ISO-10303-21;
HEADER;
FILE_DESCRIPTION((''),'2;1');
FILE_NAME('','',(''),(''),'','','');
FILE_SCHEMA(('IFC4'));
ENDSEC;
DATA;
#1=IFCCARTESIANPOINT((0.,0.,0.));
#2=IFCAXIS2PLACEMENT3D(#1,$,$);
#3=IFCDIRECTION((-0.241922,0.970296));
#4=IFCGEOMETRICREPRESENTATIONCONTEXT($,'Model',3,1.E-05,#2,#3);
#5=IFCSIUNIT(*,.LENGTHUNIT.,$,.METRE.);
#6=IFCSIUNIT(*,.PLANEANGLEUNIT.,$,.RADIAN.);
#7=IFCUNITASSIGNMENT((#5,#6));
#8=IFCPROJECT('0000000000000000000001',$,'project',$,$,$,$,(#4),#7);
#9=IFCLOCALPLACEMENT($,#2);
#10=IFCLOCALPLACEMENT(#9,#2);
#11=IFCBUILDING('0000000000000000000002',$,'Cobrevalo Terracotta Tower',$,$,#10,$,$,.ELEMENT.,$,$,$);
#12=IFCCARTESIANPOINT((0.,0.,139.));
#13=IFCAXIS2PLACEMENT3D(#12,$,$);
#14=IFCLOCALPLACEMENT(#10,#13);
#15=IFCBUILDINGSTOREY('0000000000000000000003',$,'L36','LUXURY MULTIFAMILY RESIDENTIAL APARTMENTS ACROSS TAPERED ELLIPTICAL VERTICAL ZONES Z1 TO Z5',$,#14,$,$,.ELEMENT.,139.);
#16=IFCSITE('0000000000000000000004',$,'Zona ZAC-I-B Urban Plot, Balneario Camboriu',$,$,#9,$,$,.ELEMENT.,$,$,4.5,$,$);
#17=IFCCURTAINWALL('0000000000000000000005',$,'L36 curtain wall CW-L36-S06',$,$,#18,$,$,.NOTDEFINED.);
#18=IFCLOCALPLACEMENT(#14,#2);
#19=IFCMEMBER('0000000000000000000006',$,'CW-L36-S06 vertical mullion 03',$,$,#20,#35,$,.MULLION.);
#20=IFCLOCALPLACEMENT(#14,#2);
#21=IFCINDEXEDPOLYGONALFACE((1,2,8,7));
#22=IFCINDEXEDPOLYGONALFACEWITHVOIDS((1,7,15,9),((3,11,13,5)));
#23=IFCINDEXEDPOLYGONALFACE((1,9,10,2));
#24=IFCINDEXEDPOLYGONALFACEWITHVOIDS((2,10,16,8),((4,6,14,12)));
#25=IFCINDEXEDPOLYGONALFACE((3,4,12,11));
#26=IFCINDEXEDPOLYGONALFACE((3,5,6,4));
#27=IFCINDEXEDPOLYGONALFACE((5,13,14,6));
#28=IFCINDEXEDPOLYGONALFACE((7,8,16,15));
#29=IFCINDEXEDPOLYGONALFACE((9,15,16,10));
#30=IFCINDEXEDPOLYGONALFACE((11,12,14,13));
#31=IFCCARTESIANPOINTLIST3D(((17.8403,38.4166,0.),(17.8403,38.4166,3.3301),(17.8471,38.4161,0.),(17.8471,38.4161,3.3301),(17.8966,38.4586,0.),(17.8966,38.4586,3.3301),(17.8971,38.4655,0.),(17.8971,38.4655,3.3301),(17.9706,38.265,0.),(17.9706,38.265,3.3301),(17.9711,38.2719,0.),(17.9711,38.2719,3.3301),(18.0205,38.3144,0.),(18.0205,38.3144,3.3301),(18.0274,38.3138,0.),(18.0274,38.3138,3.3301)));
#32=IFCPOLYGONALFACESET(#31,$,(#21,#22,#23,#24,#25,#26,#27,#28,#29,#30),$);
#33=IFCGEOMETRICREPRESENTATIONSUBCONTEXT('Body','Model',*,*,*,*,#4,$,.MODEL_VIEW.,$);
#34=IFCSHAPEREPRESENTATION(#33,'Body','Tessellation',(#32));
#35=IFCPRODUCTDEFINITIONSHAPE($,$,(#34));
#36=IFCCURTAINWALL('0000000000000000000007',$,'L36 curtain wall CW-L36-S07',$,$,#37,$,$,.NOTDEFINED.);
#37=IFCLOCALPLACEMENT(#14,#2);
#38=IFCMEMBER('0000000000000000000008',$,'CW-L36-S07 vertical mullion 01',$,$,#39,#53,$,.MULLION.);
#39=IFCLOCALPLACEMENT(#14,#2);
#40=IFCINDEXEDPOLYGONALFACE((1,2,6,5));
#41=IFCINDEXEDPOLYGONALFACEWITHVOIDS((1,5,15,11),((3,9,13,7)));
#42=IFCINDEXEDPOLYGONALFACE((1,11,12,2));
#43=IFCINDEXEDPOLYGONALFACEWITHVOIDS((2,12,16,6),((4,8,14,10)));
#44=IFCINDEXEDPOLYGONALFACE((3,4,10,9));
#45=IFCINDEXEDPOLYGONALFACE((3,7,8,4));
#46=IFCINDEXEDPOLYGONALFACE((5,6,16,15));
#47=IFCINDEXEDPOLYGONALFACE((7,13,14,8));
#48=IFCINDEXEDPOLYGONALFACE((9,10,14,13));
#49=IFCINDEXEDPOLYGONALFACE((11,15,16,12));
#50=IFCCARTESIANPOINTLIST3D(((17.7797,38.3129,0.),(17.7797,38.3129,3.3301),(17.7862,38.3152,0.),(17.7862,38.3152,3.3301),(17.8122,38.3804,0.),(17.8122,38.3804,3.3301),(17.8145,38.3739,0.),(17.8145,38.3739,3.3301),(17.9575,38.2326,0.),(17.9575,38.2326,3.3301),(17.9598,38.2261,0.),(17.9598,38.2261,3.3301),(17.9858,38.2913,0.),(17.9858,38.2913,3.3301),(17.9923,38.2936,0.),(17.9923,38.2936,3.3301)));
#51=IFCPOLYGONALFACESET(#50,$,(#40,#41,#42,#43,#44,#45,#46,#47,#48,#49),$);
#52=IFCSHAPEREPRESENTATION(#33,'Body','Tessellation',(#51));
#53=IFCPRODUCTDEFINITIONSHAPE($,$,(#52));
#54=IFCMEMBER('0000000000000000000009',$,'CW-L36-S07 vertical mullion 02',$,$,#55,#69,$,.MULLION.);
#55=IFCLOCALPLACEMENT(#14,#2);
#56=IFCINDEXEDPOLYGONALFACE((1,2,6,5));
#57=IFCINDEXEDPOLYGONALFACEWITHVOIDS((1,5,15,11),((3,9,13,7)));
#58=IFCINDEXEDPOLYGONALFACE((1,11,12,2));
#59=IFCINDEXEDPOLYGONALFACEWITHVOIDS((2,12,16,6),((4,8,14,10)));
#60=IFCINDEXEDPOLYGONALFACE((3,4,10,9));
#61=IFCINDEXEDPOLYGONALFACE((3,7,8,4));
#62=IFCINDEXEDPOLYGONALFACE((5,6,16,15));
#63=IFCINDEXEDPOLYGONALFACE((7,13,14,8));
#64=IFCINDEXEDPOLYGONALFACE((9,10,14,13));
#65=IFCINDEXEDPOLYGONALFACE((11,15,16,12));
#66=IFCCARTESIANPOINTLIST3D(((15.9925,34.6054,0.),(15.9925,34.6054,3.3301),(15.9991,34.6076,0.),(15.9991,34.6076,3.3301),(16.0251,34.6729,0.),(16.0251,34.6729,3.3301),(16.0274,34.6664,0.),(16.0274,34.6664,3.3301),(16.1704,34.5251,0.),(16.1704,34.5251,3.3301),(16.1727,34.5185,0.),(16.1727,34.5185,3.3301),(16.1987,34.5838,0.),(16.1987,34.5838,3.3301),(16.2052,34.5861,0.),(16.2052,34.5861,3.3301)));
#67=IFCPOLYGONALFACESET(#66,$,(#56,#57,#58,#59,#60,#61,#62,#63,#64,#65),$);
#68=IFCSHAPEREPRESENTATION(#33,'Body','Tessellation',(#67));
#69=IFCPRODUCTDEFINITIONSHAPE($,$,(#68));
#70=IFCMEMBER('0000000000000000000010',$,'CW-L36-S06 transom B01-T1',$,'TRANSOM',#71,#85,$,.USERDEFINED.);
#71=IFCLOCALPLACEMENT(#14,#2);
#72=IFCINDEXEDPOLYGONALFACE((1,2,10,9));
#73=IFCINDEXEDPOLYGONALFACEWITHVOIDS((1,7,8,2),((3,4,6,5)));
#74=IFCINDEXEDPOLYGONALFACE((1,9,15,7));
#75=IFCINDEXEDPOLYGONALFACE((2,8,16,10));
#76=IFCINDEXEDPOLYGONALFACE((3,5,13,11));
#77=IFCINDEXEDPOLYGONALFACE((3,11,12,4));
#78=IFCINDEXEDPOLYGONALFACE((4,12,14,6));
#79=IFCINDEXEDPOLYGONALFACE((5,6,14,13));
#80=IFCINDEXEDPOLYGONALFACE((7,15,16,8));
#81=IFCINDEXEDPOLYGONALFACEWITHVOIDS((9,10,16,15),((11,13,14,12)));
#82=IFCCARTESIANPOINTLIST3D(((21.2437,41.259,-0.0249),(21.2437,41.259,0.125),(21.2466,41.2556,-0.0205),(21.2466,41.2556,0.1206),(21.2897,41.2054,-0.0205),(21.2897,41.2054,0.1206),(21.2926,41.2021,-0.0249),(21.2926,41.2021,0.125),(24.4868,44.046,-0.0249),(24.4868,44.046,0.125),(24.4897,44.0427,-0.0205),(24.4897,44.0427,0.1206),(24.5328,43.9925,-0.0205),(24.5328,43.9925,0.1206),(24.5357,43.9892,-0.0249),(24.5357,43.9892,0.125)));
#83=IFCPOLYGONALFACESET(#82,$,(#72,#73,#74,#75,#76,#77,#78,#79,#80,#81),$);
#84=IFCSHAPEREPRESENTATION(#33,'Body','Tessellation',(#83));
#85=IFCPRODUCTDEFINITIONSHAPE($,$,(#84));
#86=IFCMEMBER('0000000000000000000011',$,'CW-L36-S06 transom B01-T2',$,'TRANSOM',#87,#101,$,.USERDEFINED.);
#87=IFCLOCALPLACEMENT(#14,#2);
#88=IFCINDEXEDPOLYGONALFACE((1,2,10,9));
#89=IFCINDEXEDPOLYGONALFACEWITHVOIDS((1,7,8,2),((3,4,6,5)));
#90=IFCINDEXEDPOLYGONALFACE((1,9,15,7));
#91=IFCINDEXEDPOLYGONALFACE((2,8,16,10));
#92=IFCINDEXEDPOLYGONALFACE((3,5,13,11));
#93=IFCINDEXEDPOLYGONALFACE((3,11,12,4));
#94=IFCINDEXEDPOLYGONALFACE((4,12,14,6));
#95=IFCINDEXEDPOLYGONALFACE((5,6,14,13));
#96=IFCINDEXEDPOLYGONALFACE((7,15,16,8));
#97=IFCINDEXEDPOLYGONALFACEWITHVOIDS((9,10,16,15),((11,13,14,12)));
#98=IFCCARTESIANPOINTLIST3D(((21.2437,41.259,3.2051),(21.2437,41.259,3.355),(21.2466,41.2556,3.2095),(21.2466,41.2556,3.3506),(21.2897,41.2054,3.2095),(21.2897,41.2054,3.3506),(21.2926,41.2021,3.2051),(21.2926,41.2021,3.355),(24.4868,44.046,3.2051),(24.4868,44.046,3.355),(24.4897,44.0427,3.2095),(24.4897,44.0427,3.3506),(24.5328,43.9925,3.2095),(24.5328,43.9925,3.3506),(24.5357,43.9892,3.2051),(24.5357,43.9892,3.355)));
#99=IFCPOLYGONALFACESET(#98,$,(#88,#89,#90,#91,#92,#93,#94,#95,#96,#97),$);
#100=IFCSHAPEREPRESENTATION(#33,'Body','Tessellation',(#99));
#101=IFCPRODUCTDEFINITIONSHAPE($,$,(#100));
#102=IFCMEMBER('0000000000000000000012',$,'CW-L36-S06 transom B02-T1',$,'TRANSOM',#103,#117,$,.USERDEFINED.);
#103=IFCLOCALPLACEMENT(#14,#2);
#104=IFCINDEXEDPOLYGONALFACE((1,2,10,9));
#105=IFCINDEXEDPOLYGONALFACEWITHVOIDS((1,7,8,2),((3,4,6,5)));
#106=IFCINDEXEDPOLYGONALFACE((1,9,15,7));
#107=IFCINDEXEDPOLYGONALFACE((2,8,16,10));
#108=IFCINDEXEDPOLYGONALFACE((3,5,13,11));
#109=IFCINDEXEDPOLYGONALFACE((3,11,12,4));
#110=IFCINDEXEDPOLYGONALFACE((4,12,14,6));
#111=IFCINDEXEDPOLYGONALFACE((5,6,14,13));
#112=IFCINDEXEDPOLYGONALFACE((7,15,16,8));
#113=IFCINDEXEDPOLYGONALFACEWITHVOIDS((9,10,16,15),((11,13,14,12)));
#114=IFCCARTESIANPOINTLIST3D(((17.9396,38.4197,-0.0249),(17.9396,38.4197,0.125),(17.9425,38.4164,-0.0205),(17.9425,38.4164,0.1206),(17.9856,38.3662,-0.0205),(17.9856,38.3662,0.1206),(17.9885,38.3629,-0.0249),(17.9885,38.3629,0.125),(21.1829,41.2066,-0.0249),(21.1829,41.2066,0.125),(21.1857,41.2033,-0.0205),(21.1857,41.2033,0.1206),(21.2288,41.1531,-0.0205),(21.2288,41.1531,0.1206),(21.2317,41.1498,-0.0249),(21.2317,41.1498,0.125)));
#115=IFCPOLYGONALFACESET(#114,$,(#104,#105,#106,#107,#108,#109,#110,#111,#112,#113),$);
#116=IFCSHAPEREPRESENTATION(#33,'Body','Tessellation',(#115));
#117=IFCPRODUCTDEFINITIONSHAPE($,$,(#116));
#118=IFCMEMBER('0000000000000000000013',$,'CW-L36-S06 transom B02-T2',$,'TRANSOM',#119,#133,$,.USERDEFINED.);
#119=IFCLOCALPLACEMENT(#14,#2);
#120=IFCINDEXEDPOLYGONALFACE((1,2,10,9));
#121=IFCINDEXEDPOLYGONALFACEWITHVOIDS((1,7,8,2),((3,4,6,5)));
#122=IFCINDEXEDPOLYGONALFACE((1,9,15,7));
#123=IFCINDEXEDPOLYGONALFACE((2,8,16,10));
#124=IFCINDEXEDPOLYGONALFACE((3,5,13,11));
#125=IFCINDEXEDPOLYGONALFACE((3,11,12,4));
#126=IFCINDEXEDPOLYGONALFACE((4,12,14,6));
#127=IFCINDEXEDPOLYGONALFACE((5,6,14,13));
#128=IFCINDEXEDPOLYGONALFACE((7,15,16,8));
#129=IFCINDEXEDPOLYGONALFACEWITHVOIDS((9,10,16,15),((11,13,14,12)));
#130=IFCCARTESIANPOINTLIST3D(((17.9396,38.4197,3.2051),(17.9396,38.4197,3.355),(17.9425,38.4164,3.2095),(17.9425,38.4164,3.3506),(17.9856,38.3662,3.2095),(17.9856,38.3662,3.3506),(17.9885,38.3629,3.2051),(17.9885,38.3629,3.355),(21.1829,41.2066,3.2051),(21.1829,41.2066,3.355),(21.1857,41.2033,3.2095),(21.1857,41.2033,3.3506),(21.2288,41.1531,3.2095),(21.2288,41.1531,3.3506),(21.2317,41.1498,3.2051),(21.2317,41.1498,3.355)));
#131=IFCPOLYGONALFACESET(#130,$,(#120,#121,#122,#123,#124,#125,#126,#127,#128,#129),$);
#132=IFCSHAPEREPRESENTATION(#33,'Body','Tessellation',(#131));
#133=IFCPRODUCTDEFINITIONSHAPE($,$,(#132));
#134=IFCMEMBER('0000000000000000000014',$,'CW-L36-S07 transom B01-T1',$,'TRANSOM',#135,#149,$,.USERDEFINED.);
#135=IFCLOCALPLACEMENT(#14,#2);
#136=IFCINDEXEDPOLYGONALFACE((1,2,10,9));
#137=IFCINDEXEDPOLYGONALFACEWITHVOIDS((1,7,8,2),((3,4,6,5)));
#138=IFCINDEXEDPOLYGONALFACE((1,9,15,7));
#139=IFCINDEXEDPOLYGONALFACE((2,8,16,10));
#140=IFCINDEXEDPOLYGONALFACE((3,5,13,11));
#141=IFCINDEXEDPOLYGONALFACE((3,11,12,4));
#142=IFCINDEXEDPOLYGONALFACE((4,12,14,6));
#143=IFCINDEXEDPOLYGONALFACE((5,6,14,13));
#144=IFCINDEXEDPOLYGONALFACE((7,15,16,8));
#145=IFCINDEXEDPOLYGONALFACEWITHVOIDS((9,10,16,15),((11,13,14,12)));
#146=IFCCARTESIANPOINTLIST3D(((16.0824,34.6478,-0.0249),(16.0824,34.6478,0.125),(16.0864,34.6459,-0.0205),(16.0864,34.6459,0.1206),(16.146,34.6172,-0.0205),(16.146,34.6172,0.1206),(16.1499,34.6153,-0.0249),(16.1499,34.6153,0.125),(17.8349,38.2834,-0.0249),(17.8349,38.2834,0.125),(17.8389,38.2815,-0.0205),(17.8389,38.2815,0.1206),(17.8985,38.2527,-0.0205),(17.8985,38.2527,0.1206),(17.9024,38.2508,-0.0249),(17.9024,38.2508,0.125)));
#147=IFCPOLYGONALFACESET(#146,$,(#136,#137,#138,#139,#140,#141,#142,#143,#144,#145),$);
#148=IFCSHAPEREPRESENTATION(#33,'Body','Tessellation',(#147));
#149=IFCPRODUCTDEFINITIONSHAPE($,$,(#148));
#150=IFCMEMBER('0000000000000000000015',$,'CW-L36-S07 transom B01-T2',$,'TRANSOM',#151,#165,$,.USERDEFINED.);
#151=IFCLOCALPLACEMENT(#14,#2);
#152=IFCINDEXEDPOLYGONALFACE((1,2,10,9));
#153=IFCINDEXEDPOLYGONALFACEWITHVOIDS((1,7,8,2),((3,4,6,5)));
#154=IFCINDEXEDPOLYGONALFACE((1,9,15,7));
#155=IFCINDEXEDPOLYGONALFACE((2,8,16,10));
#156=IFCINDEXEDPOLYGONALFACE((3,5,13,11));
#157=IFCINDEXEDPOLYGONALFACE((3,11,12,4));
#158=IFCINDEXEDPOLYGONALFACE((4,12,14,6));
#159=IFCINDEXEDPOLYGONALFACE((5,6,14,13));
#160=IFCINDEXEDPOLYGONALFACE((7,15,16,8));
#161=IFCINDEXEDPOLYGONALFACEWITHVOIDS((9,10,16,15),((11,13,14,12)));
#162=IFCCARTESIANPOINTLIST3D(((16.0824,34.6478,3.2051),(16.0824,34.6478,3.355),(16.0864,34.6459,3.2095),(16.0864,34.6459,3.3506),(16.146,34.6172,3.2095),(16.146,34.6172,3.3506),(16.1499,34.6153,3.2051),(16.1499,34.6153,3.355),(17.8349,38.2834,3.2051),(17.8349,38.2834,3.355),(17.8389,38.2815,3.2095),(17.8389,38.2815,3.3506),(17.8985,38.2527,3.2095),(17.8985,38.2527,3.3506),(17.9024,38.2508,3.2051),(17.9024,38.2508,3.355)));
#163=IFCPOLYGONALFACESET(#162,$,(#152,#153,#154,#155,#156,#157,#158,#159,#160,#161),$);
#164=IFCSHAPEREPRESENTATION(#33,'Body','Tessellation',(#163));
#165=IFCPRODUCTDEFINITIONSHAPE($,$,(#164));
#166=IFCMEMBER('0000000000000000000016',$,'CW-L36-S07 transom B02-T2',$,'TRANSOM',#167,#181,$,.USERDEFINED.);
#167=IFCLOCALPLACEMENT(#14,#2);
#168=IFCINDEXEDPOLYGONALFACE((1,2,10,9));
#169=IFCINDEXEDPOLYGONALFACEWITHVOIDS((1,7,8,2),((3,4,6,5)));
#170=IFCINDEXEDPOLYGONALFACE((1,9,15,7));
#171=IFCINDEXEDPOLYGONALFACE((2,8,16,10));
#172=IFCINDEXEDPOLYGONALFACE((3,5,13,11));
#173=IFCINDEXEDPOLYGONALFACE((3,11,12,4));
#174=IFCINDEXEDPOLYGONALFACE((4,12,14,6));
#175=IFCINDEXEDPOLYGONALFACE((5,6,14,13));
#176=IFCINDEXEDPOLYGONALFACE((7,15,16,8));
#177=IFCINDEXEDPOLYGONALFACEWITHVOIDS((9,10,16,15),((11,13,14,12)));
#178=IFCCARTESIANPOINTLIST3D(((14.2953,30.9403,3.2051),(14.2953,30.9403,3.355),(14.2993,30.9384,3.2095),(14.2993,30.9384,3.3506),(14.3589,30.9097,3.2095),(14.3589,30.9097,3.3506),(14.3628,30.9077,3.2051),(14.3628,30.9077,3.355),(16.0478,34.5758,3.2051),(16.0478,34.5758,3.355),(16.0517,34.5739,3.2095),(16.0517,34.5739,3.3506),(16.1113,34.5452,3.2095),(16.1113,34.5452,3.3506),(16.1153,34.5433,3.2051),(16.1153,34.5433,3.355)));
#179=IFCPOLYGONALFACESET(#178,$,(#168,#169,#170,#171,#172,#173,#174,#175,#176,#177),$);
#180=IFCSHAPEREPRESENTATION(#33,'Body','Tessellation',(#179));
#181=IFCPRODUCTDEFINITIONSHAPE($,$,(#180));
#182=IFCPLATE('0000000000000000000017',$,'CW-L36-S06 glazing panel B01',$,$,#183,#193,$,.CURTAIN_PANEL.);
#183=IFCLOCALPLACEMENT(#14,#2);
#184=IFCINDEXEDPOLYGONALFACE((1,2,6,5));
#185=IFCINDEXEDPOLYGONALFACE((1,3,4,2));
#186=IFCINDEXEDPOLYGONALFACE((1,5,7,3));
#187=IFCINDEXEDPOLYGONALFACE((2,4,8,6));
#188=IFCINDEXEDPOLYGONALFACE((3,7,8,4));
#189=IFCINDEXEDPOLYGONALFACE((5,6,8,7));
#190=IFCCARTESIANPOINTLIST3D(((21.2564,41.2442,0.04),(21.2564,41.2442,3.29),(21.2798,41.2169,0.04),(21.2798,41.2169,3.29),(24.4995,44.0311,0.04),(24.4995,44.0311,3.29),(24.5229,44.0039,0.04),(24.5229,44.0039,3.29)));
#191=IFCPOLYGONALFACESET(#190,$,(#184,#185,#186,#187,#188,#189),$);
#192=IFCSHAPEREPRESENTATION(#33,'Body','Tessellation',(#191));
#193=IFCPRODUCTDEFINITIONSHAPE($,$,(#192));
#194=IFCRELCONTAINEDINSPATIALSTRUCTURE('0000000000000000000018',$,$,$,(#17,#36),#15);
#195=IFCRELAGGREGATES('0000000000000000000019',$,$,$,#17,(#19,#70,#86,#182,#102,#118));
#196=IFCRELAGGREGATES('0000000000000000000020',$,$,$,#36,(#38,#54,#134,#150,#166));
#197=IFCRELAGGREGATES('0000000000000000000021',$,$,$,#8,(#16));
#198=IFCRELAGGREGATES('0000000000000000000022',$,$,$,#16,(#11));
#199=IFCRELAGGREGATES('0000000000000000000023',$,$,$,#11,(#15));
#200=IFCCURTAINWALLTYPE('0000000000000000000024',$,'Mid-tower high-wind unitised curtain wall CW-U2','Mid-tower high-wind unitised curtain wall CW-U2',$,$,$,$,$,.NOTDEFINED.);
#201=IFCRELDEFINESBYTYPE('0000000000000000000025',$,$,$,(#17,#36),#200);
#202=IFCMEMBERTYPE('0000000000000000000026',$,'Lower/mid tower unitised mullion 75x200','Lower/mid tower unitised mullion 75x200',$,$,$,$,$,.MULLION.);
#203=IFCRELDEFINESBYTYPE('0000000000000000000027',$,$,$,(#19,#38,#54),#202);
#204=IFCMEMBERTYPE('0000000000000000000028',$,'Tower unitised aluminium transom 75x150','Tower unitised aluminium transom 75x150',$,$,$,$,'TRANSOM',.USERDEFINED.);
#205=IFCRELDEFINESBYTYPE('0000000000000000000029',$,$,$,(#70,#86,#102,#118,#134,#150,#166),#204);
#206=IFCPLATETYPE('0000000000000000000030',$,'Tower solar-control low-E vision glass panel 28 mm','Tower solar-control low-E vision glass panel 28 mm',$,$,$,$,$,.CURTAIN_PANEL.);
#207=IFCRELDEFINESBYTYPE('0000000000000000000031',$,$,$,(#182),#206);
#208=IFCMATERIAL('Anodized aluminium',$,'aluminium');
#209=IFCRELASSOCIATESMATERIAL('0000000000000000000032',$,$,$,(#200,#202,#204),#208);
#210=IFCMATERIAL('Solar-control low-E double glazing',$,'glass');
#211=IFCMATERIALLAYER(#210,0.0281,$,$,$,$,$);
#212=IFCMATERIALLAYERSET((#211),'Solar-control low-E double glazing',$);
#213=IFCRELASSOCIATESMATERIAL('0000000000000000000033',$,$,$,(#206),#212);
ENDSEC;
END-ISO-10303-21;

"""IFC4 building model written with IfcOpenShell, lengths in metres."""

from ifc_helpers import new_model, si_unit, direction, frame, origin, origin_2d, place, context, subcontext, project, spatial, rectangle, hollow_rectangle, extrude, source, transform, mapped, material, layer, layer_set, material_profile, profile_set, type_object, element, aggregate, save


model = new_model("IFC4")

# Units and contexts
model_context = context("Model", 3, precision=1e-05, world=origin(), true_north=direction((-0.241922, 0.970296)))
body_context = subcontext(model_context, "Body", "Model", "MODEL_VIEW")
ifc_project = project(units=[si_unit("LENGTHUNIT", "METRE"), si_unit("PLANEANGLEUNIT", "RADIAN")], contexts=[model_context])

# Site, building, storey
site_placement = place(None, origin())
site = spatial("IfcSite", under=ifc_project, at=site_placement, Name="Zona ZAC-I-B Urban Plot, Balneario Camboriu", CompositionType="ELEMENT", RefElevation=4.5)
building_placement = place(site_placement, origin())
building = spatial("IfcBuilding", under=site, at=building_placement, Name="Cobrevalo Terracotta Tower", CompositionType="ELEMENT")
storey_placement = place(building_placement, frame((0.0, 0.0, 139.0)))
storey = spatial("IfcBuildingStorey", under=building, at=storey_placement, Name="L36", Description="LUXURY MULTIFAMILY RESIDENTIAL APARTMENTS ACROSS TAPERED ELLIPTICAL VERTICAL ZONES Z1 TO Z5", CompositionType="ELEMENT", Elevation=139.0)

# Curtain walls, members
ifc_material_1 = material(Name="Anodized aluminium", Category="aluminium")
curtain_wall_type = type_object("IfcCurtainWallType", Name="Mid-tower high-wind unitised curtain wall CW-U2", Description="Mid-tower high-wind unitised curtain wall CW-U2", PredefinedType="NOTDEFINED", material=ifc_material_1)
curtain_wall_1_placement = place(storey_placement, origin())
curtain_wall_1 = element("IfcCurtainWall", 1, at=curtain_wall_1_placement, inside=storey, type_object=curtain_wall_type, Name="L36 curtain wall CW-L36-S06", PredefinedType="NOTDEFINED")
ifc_material_profile_1 = material_profile(ifc_material_1, hollow_rectangle(XDim=0.075, YDim=0.2, WallThickness=0.0049, at=origin_2d()), Name="CWM 75x200")
ifc_profile_set_1 = profile_set([ifc_material_profile_1], Name="Anodized aluminium")
member_type_1 = type_object("IfcMemberType", Name="Lower/mid tower unitised mullion 75x200", Description="Lower/mid tower unitised mullion 75x200", PredefinedType="MULLION", material=ifc_profile_set_1)
shared_shape_1 = source(origin(), body_context, "Body", "SweptSolid", [
    extrude(hollow_rectangle(XDim=0.075, YDim=0.2, WallThickness=0.0049, at=origin_2d()), origin(), (0.0, 0.0, 1.0), 3.3301),
])
member_1_placement = place(storey_placement, frame((17.9338, 38.3652, 0.0), z_axis=(0.0, 0.0, 1.0), x_axis=(-0.758442, -0.651741, 0.0)))
member_1 = element("IfcMember", 2, at=member_1_placement, type_object=member_type_1, Name="CW-L36-S06 vertical mullion 03", PredefinedType="MULLION", context=body_context, shape_type="MappedRepresentation", body=[
    mapped(shared_shape_1, transform((0.0, 0.0, 0.0), scale=1.0)),
])
curtain_wall_2_placement = place(storey_placement, origin())
curtain_wall_2 = element("IfcCurtainWall", 3, at=curtain_wall_2_placement, inside=storey, type_object=curtain_wall_type, Name="L36 curtain wall CW-L36-S07", PredefinedType="NOTDEFINED")
member_2_placement = place(storey_placement, frame((17.886, 38.3032, 0.0), z_axis=(0.0, 0.0, 1.0), x_axis=(-0.434209, -0.900812, 0.0)))
member_2 = element("IfcMember", 4, at=member_2_placement, type_object=member_type_1, Name="CW-L36-S07 vertical mullion 01", PredefinedType="MULLION", context=body_context, shape_type="MappedRepresentation", body=[
    mapped(shared_shape_1, transform((0.0, 0.0, 0.0), scale=1.0)),
])
member_3_placement = place(storey_placement, frame((16.0989, 34.5957, 0.0), z_axis=(0.0, 0.0, 1.0), x_axis=(-0.434209, -0.900812, 0.0)))
member_3 = element("IfcMember", 5, at=member_3_placement, type_object=member_type_1, Name="CW-L36-S07 vertical mullion 02", PredefinedType="MULLION", context=body_context, shape_type="MappedRepresentation", body=[
    mapped(shared_shape_1, transform((0.0, 0.0, 0.0), scale=1.0)),
])

# Members
ifc_material_profile_2 = material_profile(ifc_material_1, hollow_rectangle(XDim=0.075, YDim=0.1499, WallThickness=0.0044, at=origin_2d()), Name="CWT 75x150")
ifc_profile_set_2 = profile_set([ifc_material_profile_2], Name="Anodized aluminium")
member_type_2 = type_object("IfcMemberType", Name="Tower unitised aluminium transom 75x150", Description="Tower unitised aluminium transom 75x150", ElementType="TRANSOM", PredefinedType="USERDEFINED", material=ifc_profile_set_2)
shared_shape_2 = source(origin(), body_context, "Body", "SweptSolid", [
    extrude(hollow_rectangle(XDim=0.075, YDim=0.1499, WallThickness=0.0044, at=origin_2d()), origin(), (0.0, 0.0, 1.0), 4.2761),
])
member_4_placement = place(storey_placement, frame((24.5112, 44.0176, 0.05), z_axis=(-0.758418, -0.651769, 0.0), x_axis=(0.651769, -0.758418, 0.0)))
member_4 = element("IfcMember", 6, at=member_4_placement, type_object=member_type_2, Name="CW-L36-S06 transom B01-T1", ObjectType="TRANSOM", PredefinedType="USERDEFINED", context=body_context, shape_type="MappedRepresentation", body=[
    mapped(shared_shape_2, transform((0.0, 0.0, 0.0), scale=1.0)),
])
member_5_placement = place(storey_placement, frame((24.5112, 44.0176, 3.28), z_axis=(-0.758418, -0.651769, 0.0), x_axis=(0.651769, -0.758418, 0.0)))
member_5 = element("IfcMember", 7, at=member_5_placement, type_object=member_type_2, Name="CW-L36-S06 transom B01-T2", ObjectType="TRANSOM", PredefinedType="USERDEFINED", context=body_context, shape_type="MappedRepresentation", body=[
    mapped(shared_shape_2, transform((0.0, 0.0, 0.0), scale=1.0)),
])
member_6_placement = place(storey_placement, frame((21.2073, 41.1782, 0.05), z_axis=(-0.758446, -0.651736, 0.0), x_axis=(0.651736, -0.758446, 0.0)))
member_6 = element("IfcMember", 8, at=member_6_placement, type_object=member_type_2, Name="CW-L36-S06 transom B02-T1", ObjectType="TRANSOM", PredefinedType="USERDEFINED", context=body_context, shape_type="MappedRepresentation", body=[
    mapped(shared_shape_2, transform((0.0, 0.0, 0.0), scale=1.0)),
])
member_7_placement = place(storey_placement, frame((21.2073, 41.1782, 3.28), z_axis=(-0.758446, -0.651736, 0.0), x_axis=(0.651736, -0.758446, 0.0)))
member_7 = element("IfcMember", 9, at=member_7_placement, type_object=member_type_2, Name="CW-L36-S06 transom B02-T2", ObjectType="TRANSOM", PredefinedType="USERDEFINED", context=body_context, shape_type="MappedRepresentation", body=[
    mapped(shared_shape_2, transform((0.0, 0.0, 0.0), scale=1.0)),
])
shared_shape_3 = source(origin(), body_context, "Body", "SweptSolid", [
    extrude(hollow_rectangle(XDim=0.075, YDim=0.1499, WallThickness=0.0044, at=origin_2d()), origin(), (0.0, 0.0, 1.0), 4.0359),
])
member_8_placement = place(storey_placement, frame((17.8687, 38.2671, 0.05), z_axis=(-0.434221, -0.900806, 0.0), x_axis=(0.900806, -0.434221, 0.0)))
member_8 = element("IfcMember", 10, at=member_8_placement, type_object=member_type_2, Name="CW-L36-S07 transom B01-T1", ObjectType="TRANSOM", PredefinedType="USERDEFINED", context=body_context, shape_type="MappedRepresentation", body=[
    mapped(shared_shape_3, transform((0.0, 0.0, 0.0), scale=1.0)),
])
member_9_placement = place(storey_placement, frame((17.8687, 38.2671, 3.28), z_axis=(-0.434221, -0.900806, 0.0), x_axis=(0.900806, -0.434221, 0.0)))
member_9 = element("IfcMember", 11, at=member_9_placement, type_object=member_type_2, Name="CW-L36-S07 transom B01-T2", ObjectType="TRANSOM", PredefinedType="USERDEFINED", context=body_context, shape_type="MappedRepresentation", body=[
    mapped(shared_shape_3, transform((0.0, 0.0, 0.0), scale=1.0)),
])
member_10_placement = place(storey_placement, frame((16.0815, 34.5596, 3.28), z_axis=(-0.434221, -0.900806, 0.0), x_axis=(0.900806, -0.434221, 0.0)))
member_10 = element("IfcMember", 12, at=member_10_placement, type_object=member_type_2, Name="CW-L36-S07 transom B02-T2", ObjectType="TRANSOM", PredefinedType="USERDEFINED", context=body_context, shape_type="MappedRepresentation", body=[
    mapped(shared_shape_3, transform((0.0, 0.0, 0.0), scale=1.0)),
])

# Plate
ifc_material_2 = material(Name="Solar-control low-E double glazing", Category="glass")
ifc_layer_1 = layer(ifc_material_2, 0.0281)
ifc_layer_set_1 = layer_set([ifc_layer_1], Name="Solar-control low-E double glazing")
plate_type = type_object("IfcPlateType", Name="Tower solar-control low-E vision glass panel 28 mm", Description="Tower solar-control low-E vision glass panel 28 mm", PredefinedType="CURTAIN_PANEL", material=ifc_layer_set_1)
shared_shape_4 = source(origin(), body_context, "Body", "SweptSolid", [
    extrude(rectangle(XDim=4.2761, YDim=0.0359, at=origin_2d()), origin(), (0.0, 0.0, 1.0), 3.25),
])
plate_1_placement = place(storey_placement, frame((22.8896, 42.624, 0.04), z_axis=(0.0, 0.0, 1.0), x_axis=(-0.758437, -0.651746, 0.0)))
plate_1 = element("IfcPlate", 13, at=plate_1_placement, type_object=plate_type, Name="CW-L36-S06 glazing panel B01", PredefinedType="CURTAIN_PANEL", context=body_context, shape_type="MappedRepresentation", body=[
    mapped(shared_shape_4, transform((0.0, 0.0, 0.0), scale=1.0)),
])
aggregate(curtain_wall_1, [member_1, member_4, member_5, plate_1, member_6, member_7])
aggregate(curtain_wall_2, [member_2, member_3, member_8, member_9, member_10])

save(model, "model.ifc")
